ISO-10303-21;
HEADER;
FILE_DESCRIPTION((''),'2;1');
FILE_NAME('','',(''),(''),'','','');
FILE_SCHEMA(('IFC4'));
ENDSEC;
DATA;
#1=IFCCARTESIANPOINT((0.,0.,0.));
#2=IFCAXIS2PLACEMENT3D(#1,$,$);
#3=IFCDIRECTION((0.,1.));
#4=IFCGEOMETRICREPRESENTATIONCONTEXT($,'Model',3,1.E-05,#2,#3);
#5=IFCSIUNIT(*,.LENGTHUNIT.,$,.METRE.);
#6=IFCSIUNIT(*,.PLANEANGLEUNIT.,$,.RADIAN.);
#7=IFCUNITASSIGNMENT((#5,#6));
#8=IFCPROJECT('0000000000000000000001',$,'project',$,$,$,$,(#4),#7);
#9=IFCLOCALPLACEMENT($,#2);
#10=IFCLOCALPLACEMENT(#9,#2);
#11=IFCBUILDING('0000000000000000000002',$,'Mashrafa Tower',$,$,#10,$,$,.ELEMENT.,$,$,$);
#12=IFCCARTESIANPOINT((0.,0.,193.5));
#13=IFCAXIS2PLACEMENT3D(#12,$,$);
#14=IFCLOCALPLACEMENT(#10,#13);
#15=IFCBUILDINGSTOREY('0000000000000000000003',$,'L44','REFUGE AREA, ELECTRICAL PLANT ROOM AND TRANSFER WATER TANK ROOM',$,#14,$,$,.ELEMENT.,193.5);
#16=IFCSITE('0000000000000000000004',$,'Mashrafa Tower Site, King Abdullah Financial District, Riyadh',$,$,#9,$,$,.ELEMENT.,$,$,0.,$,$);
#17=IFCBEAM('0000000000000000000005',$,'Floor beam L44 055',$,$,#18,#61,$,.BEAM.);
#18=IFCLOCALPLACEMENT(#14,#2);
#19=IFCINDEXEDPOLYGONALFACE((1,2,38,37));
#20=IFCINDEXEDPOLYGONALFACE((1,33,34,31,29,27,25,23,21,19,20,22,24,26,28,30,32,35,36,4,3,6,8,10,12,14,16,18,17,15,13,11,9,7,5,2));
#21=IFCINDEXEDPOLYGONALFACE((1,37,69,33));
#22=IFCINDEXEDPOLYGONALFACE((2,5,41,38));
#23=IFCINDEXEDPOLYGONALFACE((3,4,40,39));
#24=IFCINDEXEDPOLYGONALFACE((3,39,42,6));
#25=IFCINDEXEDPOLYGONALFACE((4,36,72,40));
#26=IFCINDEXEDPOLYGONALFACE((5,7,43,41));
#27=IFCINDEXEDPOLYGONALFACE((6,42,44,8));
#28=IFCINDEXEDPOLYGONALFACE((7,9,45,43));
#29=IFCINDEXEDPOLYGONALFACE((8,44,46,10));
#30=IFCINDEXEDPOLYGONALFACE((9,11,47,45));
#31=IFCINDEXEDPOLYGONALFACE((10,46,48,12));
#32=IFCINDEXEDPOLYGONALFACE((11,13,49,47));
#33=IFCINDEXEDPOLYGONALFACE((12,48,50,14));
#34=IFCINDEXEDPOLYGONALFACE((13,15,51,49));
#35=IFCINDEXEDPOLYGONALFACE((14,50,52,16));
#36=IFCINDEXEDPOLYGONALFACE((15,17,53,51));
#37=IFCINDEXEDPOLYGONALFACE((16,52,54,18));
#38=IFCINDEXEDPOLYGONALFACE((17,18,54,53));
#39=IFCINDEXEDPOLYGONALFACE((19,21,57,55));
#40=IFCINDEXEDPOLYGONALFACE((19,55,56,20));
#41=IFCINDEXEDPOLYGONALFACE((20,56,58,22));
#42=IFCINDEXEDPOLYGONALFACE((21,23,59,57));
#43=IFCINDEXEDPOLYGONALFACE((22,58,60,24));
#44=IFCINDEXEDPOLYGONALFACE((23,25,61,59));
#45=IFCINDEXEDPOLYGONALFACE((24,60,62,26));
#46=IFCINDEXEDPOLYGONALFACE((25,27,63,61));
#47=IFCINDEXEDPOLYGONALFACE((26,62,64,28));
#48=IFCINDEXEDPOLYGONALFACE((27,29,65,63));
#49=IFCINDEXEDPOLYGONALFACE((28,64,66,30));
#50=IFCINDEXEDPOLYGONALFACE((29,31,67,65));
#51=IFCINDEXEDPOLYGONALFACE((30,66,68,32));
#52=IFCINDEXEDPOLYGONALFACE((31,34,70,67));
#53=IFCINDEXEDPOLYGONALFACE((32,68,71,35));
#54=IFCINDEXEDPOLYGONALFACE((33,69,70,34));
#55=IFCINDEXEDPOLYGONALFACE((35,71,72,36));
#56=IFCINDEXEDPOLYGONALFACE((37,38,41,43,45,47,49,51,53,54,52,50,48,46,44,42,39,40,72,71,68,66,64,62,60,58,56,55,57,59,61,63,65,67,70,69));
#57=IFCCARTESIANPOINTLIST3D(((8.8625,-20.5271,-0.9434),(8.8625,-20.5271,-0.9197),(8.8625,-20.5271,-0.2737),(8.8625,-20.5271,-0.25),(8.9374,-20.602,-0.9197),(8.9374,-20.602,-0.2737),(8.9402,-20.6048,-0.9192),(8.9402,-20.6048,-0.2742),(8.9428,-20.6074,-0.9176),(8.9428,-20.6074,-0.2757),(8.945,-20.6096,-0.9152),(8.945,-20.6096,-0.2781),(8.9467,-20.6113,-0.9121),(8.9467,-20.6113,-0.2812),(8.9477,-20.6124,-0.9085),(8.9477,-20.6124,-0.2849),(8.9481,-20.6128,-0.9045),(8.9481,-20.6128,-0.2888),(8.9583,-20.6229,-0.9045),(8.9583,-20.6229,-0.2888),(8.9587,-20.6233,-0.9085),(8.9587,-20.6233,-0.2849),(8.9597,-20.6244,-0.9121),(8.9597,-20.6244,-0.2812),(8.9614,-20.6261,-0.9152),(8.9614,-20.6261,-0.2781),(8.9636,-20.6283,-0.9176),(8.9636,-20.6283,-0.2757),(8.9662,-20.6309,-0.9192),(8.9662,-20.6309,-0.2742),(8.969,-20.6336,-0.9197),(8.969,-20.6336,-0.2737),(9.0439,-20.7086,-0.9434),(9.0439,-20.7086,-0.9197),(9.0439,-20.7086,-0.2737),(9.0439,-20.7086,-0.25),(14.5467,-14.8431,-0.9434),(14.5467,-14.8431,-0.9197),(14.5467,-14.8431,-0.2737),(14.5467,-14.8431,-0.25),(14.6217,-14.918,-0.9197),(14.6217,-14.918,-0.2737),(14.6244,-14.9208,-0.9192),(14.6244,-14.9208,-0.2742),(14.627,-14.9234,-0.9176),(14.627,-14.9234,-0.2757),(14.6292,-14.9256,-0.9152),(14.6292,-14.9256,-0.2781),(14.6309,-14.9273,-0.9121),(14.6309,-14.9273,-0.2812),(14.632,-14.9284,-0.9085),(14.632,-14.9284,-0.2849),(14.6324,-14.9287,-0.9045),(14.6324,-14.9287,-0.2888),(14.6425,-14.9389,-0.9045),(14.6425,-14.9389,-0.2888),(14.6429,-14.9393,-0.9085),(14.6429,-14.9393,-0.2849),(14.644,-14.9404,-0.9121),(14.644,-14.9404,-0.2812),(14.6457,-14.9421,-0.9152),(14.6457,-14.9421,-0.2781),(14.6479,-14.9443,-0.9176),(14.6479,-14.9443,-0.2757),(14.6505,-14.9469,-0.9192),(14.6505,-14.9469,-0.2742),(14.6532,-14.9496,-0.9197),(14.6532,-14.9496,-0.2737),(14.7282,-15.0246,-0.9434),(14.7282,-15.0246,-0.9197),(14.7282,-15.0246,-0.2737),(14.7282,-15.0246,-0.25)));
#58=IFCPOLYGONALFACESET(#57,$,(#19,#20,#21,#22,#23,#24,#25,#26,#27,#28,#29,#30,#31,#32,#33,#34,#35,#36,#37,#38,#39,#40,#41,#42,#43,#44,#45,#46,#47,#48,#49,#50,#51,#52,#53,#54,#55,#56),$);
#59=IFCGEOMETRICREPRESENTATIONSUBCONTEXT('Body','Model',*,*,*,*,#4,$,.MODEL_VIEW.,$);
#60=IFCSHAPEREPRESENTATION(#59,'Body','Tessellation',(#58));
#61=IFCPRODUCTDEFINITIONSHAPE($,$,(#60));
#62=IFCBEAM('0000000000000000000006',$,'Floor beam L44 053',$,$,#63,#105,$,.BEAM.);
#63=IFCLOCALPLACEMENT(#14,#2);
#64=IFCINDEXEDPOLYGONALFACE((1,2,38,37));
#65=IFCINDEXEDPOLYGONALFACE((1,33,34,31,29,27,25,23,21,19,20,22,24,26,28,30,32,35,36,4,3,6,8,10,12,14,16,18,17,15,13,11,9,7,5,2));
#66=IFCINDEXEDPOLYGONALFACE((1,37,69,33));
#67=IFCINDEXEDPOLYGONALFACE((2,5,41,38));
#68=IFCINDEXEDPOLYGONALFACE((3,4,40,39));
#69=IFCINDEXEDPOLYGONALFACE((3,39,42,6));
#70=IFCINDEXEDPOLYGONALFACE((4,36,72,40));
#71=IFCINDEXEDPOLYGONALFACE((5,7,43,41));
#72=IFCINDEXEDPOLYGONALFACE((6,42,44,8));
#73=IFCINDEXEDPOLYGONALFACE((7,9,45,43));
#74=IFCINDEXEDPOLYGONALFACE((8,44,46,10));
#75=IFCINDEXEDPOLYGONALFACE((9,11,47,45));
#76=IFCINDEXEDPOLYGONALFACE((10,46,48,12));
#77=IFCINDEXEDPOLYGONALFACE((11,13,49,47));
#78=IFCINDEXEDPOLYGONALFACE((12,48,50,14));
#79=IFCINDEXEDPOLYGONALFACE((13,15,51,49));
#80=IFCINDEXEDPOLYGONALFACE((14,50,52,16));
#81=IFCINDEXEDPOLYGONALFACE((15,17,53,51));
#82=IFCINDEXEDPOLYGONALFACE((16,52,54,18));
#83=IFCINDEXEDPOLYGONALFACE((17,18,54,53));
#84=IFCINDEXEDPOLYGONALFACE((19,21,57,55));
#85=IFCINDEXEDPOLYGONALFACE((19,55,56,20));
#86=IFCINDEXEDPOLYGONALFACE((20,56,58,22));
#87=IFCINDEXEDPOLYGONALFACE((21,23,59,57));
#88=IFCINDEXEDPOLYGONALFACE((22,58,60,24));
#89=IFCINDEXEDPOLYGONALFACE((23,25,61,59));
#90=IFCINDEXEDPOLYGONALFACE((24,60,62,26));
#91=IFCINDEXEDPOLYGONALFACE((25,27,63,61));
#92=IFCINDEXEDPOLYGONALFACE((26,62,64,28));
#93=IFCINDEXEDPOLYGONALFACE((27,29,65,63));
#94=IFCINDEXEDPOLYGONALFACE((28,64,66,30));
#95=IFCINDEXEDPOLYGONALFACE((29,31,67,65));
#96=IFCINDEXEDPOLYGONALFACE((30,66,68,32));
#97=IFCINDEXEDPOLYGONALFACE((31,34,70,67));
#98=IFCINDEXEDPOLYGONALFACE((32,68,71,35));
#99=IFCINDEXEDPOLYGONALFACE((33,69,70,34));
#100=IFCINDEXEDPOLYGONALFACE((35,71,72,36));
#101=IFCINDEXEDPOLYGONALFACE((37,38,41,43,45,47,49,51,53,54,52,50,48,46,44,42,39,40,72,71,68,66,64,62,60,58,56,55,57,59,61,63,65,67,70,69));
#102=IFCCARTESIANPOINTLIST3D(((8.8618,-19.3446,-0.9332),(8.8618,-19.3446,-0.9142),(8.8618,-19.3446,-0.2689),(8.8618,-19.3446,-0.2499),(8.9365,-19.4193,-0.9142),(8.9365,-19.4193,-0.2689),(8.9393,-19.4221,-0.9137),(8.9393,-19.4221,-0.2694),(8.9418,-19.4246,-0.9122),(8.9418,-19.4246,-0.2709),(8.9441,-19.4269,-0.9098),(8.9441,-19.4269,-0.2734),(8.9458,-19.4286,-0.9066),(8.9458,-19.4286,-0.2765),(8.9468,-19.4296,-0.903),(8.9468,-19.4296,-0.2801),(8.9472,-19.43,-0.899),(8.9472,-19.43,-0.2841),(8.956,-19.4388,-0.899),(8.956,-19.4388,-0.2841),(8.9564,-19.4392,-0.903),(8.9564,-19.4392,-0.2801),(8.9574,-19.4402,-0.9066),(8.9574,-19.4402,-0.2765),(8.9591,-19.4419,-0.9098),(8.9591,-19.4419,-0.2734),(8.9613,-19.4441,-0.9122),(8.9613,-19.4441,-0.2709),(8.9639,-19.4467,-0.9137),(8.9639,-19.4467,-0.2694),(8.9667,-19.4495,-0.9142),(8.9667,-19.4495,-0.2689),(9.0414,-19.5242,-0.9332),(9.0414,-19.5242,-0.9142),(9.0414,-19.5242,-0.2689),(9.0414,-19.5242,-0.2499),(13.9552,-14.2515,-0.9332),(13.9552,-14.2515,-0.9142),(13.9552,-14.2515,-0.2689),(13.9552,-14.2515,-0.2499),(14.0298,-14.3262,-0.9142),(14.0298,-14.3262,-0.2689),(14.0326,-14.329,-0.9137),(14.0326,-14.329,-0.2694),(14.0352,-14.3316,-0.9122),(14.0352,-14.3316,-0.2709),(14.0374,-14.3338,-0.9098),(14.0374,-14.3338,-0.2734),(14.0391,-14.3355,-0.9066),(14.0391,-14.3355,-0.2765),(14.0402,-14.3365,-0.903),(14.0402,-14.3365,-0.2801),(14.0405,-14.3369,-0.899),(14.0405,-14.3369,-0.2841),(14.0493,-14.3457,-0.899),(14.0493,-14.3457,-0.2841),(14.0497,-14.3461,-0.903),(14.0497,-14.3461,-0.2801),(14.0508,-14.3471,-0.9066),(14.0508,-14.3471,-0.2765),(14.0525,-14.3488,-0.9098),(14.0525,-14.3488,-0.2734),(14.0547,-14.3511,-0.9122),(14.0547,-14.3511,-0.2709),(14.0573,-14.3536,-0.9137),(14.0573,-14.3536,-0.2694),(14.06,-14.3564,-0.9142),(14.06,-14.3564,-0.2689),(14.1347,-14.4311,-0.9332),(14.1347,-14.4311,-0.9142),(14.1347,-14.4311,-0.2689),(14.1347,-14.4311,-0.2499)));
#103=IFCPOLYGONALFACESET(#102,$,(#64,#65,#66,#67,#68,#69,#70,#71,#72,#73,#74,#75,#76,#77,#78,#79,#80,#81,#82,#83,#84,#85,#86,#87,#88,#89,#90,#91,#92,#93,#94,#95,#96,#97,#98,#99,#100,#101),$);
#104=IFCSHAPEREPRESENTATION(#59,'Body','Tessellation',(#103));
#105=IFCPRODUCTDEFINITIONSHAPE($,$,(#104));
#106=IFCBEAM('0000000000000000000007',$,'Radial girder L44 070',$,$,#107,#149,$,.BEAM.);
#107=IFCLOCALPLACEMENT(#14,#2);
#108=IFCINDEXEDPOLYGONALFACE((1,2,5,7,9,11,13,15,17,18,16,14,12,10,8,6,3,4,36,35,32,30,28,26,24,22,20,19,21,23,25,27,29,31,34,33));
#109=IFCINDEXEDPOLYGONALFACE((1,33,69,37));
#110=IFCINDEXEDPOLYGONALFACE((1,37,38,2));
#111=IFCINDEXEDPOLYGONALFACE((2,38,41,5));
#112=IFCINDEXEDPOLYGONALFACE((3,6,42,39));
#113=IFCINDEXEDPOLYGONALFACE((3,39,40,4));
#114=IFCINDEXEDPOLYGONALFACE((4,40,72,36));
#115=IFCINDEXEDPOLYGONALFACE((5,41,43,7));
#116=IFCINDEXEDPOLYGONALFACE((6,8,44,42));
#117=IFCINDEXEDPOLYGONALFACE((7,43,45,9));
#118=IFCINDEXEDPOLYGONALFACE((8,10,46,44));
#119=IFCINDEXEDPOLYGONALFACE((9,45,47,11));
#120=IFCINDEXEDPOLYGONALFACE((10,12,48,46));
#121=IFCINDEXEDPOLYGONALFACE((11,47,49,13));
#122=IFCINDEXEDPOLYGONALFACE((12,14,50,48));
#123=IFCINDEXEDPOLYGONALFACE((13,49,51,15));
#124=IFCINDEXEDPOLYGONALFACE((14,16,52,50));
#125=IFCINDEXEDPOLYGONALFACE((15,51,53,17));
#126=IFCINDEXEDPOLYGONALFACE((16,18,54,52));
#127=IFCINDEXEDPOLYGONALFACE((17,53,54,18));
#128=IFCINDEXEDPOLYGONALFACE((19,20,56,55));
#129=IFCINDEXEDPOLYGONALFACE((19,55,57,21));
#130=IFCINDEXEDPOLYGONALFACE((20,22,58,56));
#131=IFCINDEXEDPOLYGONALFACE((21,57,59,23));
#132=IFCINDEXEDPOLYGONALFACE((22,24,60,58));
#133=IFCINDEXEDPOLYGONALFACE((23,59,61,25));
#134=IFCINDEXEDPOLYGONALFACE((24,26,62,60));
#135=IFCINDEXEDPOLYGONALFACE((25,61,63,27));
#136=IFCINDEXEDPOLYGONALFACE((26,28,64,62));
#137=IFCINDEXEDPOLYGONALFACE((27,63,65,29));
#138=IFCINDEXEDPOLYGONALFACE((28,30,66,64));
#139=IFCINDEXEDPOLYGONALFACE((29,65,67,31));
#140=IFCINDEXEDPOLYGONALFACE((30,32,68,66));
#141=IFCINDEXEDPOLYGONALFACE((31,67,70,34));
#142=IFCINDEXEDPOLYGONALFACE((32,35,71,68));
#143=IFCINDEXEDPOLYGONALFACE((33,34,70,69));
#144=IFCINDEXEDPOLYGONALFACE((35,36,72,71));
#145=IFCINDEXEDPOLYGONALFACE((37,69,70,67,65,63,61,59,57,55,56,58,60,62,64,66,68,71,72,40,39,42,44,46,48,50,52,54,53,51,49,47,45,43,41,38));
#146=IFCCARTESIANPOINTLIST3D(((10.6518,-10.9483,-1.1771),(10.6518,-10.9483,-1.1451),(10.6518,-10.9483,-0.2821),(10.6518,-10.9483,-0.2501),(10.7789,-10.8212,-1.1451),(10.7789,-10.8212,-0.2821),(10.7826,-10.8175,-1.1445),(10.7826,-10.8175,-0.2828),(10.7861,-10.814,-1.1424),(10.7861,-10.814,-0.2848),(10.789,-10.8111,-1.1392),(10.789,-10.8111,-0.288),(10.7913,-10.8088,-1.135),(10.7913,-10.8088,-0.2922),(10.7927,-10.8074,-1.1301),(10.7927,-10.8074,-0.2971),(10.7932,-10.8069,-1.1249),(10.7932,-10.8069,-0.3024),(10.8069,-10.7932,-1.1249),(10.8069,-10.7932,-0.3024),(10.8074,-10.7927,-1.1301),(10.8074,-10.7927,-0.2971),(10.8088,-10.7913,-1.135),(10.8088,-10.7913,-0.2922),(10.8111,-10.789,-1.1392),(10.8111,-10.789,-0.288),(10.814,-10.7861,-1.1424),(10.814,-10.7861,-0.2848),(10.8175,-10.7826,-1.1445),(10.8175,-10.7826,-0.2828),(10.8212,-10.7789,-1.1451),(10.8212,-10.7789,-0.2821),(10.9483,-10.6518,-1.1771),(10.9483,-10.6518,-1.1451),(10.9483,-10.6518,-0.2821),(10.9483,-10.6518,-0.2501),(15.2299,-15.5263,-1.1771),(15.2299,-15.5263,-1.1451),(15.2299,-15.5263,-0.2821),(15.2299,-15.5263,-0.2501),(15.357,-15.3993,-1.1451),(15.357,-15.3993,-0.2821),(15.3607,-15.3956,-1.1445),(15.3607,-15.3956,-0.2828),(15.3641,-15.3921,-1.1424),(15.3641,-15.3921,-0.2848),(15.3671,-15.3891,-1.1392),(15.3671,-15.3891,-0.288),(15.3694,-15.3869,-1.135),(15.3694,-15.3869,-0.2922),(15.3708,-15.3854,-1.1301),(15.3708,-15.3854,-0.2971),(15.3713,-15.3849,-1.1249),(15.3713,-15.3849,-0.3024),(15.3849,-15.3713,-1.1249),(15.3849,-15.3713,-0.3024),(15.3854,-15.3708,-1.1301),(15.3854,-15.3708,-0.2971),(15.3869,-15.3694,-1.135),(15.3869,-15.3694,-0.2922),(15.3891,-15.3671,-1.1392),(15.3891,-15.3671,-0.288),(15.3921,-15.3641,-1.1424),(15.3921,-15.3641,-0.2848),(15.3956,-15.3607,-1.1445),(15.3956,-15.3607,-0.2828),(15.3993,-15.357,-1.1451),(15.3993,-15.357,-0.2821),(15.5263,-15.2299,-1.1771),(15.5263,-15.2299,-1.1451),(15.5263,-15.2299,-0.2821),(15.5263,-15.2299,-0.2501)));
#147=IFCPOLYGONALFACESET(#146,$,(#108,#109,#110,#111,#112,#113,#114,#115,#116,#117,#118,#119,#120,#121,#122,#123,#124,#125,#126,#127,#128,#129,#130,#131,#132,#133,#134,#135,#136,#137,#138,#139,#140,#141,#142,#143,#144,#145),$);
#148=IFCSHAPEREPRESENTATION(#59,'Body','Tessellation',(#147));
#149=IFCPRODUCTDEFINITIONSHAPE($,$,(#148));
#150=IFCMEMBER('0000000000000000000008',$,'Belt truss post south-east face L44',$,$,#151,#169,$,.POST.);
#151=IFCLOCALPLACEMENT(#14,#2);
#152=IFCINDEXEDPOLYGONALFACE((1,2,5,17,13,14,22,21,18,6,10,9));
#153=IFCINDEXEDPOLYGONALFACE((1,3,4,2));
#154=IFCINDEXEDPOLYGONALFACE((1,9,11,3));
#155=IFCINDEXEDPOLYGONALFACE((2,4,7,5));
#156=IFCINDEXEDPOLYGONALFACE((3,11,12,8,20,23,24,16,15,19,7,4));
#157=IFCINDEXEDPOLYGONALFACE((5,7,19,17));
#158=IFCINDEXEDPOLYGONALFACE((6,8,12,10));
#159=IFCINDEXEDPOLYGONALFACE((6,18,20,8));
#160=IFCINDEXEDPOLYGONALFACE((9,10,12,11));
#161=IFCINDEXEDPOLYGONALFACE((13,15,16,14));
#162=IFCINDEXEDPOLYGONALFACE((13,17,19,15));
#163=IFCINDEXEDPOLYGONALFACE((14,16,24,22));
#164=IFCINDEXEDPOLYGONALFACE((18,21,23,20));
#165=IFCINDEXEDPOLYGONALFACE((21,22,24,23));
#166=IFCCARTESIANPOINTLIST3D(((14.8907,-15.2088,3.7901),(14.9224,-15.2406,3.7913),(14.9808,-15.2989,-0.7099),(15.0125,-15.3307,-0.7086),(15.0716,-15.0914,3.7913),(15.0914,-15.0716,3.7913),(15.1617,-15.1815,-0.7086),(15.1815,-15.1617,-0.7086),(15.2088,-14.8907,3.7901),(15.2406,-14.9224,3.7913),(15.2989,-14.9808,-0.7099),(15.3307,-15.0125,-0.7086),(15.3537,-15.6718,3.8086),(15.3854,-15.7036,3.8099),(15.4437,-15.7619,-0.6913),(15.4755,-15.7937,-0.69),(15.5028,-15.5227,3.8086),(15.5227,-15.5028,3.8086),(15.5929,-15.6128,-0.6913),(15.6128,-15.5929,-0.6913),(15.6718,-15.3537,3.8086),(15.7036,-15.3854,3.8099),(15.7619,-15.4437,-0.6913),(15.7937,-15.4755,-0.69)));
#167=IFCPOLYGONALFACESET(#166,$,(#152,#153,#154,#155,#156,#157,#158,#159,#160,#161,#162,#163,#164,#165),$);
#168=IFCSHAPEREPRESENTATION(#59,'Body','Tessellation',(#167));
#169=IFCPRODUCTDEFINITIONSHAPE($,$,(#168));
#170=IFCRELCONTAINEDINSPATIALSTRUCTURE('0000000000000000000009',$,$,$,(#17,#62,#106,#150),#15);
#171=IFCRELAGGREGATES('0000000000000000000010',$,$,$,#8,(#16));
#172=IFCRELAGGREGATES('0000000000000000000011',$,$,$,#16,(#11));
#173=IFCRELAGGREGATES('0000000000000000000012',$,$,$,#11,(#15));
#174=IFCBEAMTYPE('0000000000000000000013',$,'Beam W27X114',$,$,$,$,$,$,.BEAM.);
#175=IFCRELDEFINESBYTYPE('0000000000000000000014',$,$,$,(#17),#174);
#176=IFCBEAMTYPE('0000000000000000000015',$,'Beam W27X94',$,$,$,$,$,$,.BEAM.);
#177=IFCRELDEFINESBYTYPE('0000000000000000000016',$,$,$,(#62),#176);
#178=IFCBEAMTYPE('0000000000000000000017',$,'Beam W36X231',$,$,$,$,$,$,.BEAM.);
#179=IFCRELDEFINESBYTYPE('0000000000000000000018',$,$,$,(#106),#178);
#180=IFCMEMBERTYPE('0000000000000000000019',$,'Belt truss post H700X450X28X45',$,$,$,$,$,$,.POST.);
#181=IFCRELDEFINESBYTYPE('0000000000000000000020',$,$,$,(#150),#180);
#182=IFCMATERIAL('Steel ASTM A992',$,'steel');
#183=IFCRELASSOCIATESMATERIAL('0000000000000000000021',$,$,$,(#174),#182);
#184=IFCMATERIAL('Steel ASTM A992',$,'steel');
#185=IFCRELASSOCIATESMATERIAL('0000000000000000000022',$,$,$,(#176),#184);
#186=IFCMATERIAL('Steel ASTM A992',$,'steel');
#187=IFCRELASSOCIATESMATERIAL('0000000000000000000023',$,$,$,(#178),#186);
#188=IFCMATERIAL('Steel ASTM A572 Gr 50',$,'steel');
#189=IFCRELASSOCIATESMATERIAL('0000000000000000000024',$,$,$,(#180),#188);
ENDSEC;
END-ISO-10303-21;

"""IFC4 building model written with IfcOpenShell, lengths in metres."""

from ifc_helpers import new_model, si_unit, direction, frame, origin, origin_2d, place, context, subcontext, project, spatial, i_section, extrude, source, transform, mapped, material, material_profile, profile_set, type_object, type_shapes, element, save


model = new_model("IFC4")

# Units and contexts
model_context = context("Model", 3, precision=1e-05, world=origin(), true_north=direction((0.0, 1.0)))
body_context = subcontext(model_context, "Body", "Model", "MODEL_VIEW")
ifc_project = project(units=[si_unit("LENGTHUNIT", "METRE"), si_unit("PLANEANGLEUNIT", "RADIAN")], contexts=[model_context])

# Site, building, storey
site_placement = place(None, origin())
site = spatial("IfcSite", under=ifc_project, at=site_placement, Name="Mashrafa Tower Site, King Abdullah Financial District, Riyadh", CompositionType="ELEMENT", RefElevation=0.0)
building_placement = place(site_placement, origin())
building = spatial("IfcBuilding", under=site, at=building_placement, Name="Mashrafa Tower", CompositionType="ELEMENT")
storey_placement = place(building_placement, frame((0.0, 0.0, 193.5)))
storey = spatial("IfcBuildingStorey", under=building, at=storey_placement, Name="L44", Description="REFUGE AREA, ELECTRICAL PLANT ROOM AND TRANSFER WATER TANK ROOM", CompositionType="ELEMENT", Elevation=193.5)

# Beams
ifc_material_1 = material(Name="Steel ASTM A992", Category="steel")
ifc_material_profile_1 = material_profile(ifc_material_1, i_section(OverallWidth=0.2566, OverallDepth=0.6934, WebThickness=0.0144, FlangeThickness=0.0237, FilletRadius=0.0151, at=origin_2d()), Name="W27X114")
ifc_profile_set_1 = profile_set([ifc_material_profile_1], Name="Steel ASTM A992")
beam_type_1 = type_object("IfcBeamType", Name="Beam W27X114", PredefinedType="BEAM", material=ifc_profile_set_1)
beam_1_placement = place(storey_placement, frame((14.6375, -14.9338, -0.5967), z_axis=(-0.707122, -0.707092, 0.0), x_axis=(0.707092, -0.707122, 0.0)))
element("IfcBeam", 1, at=beam_1_placement, inside=storey, type_object=beam_type_1, Name="Floor beam L44 055", PredefinedType="BEAM", context=body_context, shape_type="SweptSolid", body=[
    extrude(i_section(OverallWidth=0.2566, OverallDepth=0.6934, WebThickness=0.0144, FlangeThickness=0.0237, FilletRadius=0.0151, at=origin_2d()), origin(), (0.0, 0.0, 1.0), 8.0386),
])
ifc_material_2 = material(Name="Steel ASTM A992", Category="steel")
ifc_material_profile_2 = material_profile(ifc_material_2, i_section(OverallWidth=0.2539, OverallDepth=0.6833, WebThickness=0.0125, FlangeThickness=0.019, FilletRadius=0.0151, at=origin_2d()), Name="W27X94")
ifc_profile_set_2 = profile_set([ifc_material_profile_2], Name="Steel ASTM A992")
beam_type_2 = type_object("IfcBeamType", Name="Beam W27X94", PredefinedType="BEAM", material=ifc_profile_set_2)
beam_2_placement = place(storey_placement, frame((14.0449, -14.3413, -0.5916), z_axis=(-0.707124, -0.70709, 0.0), x_axis=(0.70709, -0.707124, 0.0)))
element("IfcBeam", 2, at=beam_2_placement, inside=storey, type_object=beam_type_2, Name="Floor beam L44 053", PredefinedType="BEAM", context=body_context, shape_type="SweptSolid", body=[
    extrude(i_section(OverallWidth=0.2539, OverallDepth=0.6833, WebThickness=0.0125, FlangeThickness=0.019, FilletRadius=0.0151, at=origin_2d()), origin(), (0.0, 0.0, 1.0), 7.2029),
])
ifc_material_3 = material(Name="Steel ASTM A992", Category="steel")
ifc_material_profile_3 = material_profile(ifc_material_3, i_section(OverallWidth=0.4192, OverallDepth=0.927, WebThickness=0.0193, FlangeThickness=0.032, FilletRadius=0.0203, at=origin_2d()), Name="W36X231")
ifc_profile_set_3 = profile_set([ifc_material_profile_3], Name="Steel ASTM A992")
beam_type_3 = type_object("IfcBeamType", Name="Beam W36X231", PredefinedType="BEAM", material=ifc_profile_set_3)
beam_3_placement = place(storey_placement, frame((10.8, -10.8, -0.7136), z_axis=(0.707107, -0.707107, 0.0), x_axis=(0.707107, 0.707107, 0.0)))
element("IfcBeam", 3, at=beam_3_placement, inside=storey, type_object=beam_type_3, Name="Radial girder L44 070", PredefinedType="BEAM", context=body_context, shape_type="SweptSolid", body=[
    extrude(i_section(OverallWidth=0.4192, OverallDepth=0.927, WebThickness=0.0193, FlangeThickness=0.032, FilletRadius=0.0203, at=origin_2d()), origin(), (0.0, 0.0, 1.0), 6.4744),
])

# Member
ifc_material_4 = material(Name="Steel ASTM A572 Gr 50", Category="steel")
ifc_material_profile_4 = material_profile(ifc_material_4, i_section(OverallWidth=0.45, OverallDepth=0.7, WebThickness=0.0281, FlangeThickness=0.0449, at=origin_2d()), Name="H700X450X28X45")
ifc_profile_set_4 = profile_set([ifc_material_profile_4], Name="Steel ASTM A572 Gr 50")
member_type_1 = type_object("IfcMemberType", Name="Belt truss post H700X450X28X45", PredefinedType="POST", material=ifc_profile_set_4)
shared_shape_1 = source(origin(), body_context, "Body", "SweptSolid", [
    extrude(i_section(OverallWidth=0.45, OverallDepth=0.7, WebThickness=0.0281, FlangeThickness=0.0449, at=origin_2d()), origin(), (0.0, 0.0, 1.0), 4.5017),
])
type_shapes(member_type_1, [shared_shape_1])
member_placement = place(storey_placement, frame((15.3872, -15.3872, -0.7), z_axis=(-0.020012, 0.020012, 0.999599), x_axis=(-0.707107, -0.707107, 0.0)))
element("IfcMember", 4, at=member_placement, inside=storey, type_object=member_type_1, Name="Belt truss post south-east face L44", PredefinedType="POST", context=body_context, shape_type="MappedRepresentation", body=[
    mapped(shared_shape_1, transform((0.0, 0.0, 0.0))),
])

save(model, "model.ifc")
